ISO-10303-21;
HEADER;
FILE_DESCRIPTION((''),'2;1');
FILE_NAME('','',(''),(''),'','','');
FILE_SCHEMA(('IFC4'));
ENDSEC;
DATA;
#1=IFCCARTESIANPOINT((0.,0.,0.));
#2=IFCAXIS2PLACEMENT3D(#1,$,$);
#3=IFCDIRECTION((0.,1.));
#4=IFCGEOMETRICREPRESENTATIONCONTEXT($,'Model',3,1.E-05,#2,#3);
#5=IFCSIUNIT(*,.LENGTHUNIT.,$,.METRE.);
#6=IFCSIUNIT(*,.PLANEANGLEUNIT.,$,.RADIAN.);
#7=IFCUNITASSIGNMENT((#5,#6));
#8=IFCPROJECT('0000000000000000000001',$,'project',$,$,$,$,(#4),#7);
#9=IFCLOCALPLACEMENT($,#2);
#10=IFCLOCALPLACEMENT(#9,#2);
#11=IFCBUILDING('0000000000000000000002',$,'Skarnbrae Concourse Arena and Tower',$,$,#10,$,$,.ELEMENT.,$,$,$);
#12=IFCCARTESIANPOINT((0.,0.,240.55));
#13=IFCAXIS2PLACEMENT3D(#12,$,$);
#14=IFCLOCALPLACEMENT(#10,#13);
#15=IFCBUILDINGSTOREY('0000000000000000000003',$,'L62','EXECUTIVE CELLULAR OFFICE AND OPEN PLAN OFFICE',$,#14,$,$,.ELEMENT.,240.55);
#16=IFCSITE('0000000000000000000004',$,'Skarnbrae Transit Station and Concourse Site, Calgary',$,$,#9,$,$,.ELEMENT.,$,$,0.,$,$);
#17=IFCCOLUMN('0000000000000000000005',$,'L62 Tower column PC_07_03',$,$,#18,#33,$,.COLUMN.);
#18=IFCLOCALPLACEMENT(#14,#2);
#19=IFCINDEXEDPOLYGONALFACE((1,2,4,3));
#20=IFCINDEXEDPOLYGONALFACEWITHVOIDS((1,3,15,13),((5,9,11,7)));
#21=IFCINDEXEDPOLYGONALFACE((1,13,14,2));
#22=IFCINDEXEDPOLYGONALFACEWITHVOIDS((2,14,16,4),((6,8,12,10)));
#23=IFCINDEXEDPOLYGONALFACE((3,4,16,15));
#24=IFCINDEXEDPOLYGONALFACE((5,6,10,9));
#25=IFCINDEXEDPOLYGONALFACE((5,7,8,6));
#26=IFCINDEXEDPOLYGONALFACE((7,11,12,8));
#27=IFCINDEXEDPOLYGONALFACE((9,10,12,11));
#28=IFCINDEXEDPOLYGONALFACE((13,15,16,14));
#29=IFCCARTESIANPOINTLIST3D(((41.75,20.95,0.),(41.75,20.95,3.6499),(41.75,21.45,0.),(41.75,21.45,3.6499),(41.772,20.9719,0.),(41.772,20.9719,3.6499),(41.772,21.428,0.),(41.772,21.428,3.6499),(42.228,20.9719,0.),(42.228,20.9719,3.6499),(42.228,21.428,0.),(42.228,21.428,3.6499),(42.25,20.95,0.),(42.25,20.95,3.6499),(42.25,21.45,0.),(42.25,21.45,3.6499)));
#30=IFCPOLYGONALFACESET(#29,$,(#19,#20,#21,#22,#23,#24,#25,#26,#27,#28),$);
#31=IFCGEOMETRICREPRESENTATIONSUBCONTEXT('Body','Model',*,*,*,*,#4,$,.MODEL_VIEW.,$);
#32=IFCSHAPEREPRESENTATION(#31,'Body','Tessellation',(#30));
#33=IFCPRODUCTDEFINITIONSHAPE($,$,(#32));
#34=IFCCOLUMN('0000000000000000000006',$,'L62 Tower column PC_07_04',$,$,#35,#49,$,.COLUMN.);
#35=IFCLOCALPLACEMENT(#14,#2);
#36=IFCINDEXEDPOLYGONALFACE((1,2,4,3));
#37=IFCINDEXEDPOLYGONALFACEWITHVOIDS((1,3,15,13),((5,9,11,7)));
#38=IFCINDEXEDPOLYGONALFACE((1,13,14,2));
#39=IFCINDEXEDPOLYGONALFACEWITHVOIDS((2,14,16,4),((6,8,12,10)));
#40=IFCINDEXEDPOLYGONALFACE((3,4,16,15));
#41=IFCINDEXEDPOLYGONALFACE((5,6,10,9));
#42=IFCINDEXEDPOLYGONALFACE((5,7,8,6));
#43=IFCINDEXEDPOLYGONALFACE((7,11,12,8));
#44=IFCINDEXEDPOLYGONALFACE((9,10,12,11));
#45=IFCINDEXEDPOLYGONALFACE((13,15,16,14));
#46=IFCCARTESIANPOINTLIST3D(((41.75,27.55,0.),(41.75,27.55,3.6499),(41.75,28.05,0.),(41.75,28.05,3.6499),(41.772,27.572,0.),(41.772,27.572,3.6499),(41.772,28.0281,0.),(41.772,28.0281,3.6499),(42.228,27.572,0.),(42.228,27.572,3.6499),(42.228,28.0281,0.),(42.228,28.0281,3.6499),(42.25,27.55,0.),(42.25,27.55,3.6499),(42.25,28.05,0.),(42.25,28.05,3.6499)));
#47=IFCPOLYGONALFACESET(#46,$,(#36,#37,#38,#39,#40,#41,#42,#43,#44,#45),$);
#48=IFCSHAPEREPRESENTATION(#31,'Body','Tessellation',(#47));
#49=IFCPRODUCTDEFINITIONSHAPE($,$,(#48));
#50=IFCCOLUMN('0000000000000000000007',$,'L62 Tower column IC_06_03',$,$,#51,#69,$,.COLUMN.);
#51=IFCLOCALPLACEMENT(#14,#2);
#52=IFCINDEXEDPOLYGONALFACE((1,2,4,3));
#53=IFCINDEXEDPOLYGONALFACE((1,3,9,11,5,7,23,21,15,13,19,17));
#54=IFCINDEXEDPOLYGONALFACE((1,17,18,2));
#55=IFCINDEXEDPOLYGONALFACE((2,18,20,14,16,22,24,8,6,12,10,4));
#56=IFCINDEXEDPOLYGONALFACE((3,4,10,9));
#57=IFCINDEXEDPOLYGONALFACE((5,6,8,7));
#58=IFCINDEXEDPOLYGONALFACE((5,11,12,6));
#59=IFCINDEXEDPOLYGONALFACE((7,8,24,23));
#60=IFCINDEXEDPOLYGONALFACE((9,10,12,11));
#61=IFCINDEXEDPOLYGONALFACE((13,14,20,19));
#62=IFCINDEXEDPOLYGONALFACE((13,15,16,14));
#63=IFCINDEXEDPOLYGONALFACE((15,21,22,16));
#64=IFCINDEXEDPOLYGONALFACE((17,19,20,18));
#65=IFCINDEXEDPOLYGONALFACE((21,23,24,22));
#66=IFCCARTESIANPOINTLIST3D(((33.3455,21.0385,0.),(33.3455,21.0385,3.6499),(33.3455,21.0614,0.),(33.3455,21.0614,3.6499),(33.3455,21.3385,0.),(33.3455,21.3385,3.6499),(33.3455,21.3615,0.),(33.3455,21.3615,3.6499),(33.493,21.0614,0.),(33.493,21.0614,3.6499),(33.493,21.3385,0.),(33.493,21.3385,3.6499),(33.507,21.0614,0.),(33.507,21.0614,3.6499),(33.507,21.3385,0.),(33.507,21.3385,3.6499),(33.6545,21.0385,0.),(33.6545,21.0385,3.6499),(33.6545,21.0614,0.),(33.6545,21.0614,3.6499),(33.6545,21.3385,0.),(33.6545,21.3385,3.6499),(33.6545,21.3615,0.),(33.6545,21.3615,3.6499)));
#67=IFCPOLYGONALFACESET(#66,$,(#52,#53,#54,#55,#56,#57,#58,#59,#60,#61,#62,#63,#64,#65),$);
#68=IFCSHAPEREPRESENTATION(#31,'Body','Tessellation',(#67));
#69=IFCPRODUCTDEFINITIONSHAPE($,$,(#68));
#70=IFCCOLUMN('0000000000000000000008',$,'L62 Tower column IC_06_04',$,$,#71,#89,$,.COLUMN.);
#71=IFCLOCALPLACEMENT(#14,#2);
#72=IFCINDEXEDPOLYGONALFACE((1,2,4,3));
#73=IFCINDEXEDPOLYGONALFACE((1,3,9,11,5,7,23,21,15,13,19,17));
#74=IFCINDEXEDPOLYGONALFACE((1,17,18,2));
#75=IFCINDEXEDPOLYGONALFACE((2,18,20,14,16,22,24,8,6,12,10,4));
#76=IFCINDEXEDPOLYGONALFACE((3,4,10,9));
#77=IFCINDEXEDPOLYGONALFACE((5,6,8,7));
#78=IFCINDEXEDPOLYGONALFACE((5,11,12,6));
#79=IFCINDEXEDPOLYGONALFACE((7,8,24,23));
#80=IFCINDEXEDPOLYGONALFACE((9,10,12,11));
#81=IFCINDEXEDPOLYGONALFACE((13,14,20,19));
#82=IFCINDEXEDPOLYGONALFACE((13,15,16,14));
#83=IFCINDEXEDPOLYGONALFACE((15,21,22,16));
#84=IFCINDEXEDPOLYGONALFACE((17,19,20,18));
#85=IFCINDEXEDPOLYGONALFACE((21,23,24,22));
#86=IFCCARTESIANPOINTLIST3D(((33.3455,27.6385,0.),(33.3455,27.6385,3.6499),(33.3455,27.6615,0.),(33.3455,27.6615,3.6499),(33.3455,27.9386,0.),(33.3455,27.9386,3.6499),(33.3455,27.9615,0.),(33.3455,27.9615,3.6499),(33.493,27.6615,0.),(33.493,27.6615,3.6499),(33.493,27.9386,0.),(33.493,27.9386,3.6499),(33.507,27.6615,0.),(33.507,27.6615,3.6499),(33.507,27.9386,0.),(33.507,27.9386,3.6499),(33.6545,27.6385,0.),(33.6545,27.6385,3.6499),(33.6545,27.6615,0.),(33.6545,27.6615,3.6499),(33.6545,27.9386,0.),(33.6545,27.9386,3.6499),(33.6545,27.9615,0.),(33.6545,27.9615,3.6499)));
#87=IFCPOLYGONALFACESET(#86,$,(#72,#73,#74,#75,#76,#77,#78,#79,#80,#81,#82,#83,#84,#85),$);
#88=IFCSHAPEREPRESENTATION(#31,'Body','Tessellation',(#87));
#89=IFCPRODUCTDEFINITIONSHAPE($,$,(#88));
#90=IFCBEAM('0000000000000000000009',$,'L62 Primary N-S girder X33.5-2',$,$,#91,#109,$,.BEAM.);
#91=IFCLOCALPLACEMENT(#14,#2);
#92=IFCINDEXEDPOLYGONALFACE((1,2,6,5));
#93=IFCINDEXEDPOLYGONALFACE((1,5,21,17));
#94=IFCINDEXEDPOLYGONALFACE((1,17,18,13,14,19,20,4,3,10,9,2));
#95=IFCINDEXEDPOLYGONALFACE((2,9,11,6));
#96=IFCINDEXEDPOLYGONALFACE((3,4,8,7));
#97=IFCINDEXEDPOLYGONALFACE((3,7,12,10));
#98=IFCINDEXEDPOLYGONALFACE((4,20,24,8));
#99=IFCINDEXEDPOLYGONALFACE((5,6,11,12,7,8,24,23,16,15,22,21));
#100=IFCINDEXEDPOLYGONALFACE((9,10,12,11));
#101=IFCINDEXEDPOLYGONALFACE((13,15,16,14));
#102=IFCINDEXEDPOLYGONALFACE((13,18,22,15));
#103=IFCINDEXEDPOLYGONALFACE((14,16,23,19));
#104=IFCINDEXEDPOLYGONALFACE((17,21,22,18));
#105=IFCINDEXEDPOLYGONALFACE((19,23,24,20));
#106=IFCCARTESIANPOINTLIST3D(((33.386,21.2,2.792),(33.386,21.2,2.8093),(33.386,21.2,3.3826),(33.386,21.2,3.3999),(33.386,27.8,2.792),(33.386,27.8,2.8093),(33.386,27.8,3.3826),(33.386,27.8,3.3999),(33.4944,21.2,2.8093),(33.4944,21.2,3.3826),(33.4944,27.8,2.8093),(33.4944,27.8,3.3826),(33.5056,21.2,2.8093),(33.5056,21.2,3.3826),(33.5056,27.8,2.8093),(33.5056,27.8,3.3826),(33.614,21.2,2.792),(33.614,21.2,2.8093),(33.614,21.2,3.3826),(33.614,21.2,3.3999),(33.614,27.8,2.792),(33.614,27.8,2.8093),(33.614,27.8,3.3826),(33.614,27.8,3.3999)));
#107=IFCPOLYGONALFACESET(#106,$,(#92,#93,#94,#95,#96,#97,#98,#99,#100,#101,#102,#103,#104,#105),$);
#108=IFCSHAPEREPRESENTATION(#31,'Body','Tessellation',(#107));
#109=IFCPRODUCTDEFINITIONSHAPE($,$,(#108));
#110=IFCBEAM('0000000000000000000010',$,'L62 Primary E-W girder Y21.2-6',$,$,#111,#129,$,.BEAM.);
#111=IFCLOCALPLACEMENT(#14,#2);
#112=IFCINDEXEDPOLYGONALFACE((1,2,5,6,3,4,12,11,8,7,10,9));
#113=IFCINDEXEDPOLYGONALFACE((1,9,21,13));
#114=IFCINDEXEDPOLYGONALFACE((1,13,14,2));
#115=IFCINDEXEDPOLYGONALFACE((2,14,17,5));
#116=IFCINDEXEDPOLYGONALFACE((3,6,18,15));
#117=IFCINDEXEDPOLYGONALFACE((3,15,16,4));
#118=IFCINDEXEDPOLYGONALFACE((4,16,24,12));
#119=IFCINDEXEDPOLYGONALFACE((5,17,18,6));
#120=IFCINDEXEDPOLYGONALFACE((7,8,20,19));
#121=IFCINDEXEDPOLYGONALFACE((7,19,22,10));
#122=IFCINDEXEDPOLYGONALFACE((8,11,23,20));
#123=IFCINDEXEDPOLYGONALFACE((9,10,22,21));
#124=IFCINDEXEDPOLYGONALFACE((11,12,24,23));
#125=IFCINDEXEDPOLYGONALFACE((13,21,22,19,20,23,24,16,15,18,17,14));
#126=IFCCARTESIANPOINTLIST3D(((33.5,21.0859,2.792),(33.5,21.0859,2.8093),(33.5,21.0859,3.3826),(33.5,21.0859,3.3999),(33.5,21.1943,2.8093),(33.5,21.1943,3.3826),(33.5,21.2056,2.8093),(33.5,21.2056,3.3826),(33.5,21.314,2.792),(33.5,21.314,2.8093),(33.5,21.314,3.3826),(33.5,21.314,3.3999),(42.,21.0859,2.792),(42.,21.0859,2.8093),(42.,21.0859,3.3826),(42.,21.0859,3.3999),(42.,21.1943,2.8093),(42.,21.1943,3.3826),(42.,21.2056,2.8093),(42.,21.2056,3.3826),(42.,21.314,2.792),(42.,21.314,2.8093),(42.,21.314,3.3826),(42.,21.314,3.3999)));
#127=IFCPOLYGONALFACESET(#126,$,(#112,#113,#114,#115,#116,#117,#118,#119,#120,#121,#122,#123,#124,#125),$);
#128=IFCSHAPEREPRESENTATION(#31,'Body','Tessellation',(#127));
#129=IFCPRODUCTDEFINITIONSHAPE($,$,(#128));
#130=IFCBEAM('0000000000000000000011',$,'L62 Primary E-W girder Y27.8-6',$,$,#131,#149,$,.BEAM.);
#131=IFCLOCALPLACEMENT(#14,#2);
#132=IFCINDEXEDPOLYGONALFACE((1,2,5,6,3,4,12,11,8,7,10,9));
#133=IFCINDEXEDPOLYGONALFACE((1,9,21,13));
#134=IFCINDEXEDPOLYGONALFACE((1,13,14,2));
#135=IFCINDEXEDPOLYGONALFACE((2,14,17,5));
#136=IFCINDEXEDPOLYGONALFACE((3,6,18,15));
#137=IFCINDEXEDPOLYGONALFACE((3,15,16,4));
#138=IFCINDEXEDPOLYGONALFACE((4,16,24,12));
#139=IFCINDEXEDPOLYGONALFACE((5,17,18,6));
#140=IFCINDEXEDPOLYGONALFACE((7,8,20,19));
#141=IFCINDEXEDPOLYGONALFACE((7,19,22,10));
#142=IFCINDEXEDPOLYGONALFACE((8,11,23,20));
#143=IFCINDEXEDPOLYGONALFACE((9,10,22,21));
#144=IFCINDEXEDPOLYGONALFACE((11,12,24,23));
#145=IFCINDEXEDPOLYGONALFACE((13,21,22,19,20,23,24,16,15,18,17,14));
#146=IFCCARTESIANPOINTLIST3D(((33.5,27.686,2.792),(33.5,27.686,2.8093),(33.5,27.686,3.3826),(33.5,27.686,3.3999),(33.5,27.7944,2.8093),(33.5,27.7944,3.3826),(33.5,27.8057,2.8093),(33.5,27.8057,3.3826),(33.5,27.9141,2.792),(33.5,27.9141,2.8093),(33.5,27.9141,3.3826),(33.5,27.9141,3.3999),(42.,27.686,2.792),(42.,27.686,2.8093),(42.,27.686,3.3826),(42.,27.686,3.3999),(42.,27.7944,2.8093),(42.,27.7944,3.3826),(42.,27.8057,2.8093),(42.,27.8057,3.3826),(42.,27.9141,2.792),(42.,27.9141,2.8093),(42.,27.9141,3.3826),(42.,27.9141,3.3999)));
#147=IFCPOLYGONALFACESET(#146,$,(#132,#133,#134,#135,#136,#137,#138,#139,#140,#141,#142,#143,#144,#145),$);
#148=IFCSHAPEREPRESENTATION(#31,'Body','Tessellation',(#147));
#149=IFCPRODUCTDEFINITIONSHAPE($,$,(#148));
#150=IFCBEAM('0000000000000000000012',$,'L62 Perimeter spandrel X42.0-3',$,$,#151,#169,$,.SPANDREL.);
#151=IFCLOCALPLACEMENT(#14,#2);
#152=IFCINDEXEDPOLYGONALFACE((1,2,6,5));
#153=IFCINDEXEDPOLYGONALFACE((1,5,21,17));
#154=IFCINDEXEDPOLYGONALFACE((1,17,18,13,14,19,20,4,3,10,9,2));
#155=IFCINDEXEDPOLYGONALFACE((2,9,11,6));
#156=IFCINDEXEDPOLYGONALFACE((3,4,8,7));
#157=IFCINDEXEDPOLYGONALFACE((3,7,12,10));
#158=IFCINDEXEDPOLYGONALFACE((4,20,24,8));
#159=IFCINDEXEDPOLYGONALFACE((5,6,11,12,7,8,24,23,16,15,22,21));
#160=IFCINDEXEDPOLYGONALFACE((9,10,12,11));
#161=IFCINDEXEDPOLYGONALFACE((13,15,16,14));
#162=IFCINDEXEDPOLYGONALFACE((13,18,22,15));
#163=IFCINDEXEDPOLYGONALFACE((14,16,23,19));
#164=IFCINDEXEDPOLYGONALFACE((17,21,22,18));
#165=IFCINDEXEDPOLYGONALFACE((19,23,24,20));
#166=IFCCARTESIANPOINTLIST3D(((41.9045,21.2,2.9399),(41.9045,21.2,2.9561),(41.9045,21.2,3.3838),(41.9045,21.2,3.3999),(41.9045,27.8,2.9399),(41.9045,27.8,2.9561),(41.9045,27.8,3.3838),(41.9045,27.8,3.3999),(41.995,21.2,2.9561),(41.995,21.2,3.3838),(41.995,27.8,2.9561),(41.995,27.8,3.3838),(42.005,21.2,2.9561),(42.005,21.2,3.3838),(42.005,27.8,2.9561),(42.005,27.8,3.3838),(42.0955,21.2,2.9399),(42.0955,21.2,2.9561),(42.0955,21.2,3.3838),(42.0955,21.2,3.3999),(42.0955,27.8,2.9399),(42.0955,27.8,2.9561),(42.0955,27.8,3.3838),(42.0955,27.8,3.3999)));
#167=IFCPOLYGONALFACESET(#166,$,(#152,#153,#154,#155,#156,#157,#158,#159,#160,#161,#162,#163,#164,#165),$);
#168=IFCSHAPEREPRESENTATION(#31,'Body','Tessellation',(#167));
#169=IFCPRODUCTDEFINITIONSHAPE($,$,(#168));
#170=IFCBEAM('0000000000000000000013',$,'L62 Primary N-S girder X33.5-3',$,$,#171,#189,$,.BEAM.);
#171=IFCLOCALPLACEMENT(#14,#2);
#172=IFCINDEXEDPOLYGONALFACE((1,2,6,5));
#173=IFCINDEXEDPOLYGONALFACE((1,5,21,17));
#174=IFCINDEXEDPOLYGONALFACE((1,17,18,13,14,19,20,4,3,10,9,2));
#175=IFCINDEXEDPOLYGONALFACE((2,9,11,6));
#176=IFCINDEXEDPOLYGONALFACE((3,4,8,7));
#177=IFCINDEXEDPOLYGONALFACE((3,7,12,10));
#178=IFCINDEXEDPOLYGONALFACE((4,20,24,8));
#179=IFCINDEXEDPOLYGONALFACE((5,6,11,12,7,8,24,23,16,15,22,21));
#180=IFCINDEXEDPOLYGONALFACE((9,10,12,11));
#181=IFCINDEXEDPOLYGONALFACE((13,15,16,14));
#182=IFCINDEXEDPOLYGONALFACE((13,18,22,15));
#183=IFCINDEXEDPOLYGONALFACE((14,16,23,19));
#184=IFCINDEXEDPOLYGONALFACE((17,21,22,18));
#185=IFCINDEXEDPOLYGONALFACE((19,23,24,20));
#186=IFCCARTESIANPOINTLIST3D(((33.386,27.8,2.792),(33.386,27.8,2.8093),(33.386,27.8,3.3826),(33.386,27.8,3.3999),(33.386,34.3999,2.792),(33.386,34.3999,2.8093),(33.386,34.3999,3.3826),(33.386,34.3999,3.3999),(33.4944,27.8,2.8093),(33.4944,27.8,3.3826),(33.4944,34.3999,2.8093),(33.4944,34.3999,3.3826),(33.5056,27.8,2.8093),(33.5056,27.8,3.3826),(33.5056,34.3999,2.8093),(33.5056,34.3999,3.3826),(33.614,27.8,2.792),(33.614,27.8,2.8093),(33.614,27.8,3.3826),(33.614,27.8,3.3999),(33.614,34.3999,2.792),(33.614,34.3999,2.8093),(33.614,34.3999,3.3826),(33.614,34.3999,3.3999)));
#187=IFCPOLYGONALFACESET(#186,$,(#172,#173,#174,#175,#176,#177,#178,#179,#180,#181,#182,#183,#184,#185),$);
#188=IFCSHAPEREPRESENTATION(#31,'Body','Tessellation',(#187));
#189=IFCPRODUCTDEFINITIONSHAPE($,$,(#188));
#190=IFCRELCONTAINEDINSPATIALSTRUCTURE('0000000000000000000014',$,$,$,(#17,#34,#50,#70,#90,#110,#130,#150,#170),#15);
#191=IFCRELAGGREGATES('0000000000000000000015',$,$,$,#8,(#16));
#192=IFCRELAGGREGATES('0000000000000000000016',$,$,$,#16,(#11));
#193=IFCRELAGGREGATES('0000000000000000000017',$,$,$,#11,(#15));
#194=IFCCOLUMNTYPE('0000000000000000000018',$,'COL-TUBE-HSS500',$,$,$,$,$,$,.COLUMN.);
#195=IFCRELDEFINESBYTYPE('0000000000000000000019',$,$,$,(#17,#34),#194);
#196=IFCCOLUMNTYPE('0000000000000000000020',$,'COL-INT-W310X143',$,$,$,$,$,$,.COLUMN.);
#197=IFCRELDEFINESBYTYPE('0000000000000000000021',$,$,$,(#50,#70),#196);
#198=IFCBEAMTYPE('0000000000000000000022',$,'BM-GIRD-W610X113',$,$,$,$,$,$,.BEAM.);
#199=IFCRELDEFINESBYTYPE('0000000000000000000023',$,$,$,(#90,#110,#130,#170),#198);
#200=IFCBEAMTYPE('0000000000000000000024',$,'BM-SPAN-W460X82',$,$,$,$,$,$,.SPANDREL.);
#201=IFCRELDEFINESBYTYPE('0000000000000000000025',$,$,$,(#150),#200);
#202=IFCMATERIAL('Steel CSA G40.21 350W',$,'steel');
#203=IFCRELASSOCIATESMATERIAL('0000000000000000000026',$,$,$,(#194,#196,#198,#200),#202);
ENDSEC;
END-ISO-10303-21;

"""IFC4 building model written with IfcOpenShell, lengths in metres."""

from ifc_helpers import new_model, si_unit, direction, frame, origin, origin_2d, place, context, subcontext, project, spatial, hollow_rectangle, i_section, extrude, source, transform, mapped, material, material_profile, profile_set, type_object, element, save


model = new_model("IFC4")

# Units and contexts
model_context = context("Model", 3, precision=1e-05, world=origin(), true_north=direction((0.0, 1.0)))
body_context = subcontext(model_context, "Body", "Model", "MODEL_VIEW")
ifc_project = project(units=[si_unit("LENGTHUNIT", "METRE"), si_unit("PLANEANGLEUNIT", "RADIAN")], contexts=[model_context])

# Site, building, storey
site_placement = place(None, origin())
site = spatial("IfcSite", under=ifc_project, at=site_placement, Name="Skarnbrae Transit Station and Concourse Site, Calgary", CompositionType="ELEMENT", RefElevation=0.0)
building_placement = place(site_placement, origin())
building = spatial("IfcBuilding", under=site, at=building_placement, Name="Skarnbrae Concourse Arena and Tower", CompositionType="ELEMENT")
storey_placement = place(building_placement, frame((0.0, 0.0, 240.55)))
storey = spatial("IfcBuildingStorey", under=building, at=storey_placement, Name="L62", Description="EXECUTIVE CELLULAR OFFICE AND OPEN PLAN OFFICE", CompositionType="ELEMENT", Elevation=240.55)

# Columns
ifc_material_1 = material(Name="Steel CSA G40.21 350W", Category="steel")
ifc_material_profile_1 = material_profile(ifc_material_1, hollow_rectangle(XDim=0.5, YDim=0.5, WallThickness=0.022, at=origin_2d()), Name="HSS500X500X22.0")
ifc_profile_set_1 = profile_set([ifc_material_profile_1], Name="Steel CSA G40.21 350W")
column_type_1 = type_object("IfcColumnType", Name="COL-TUBE-HSS500", PredefinedType="COLUMN", material=ifc_profile_set_1)
shared_shape_1 = source(origin(), body_context, "Body", "SweptSolid", [
    extrude(hollow_rectangle(XDim=0.5, YDim=0.5, WallThickness=0.022, at=origin_2d()), origin(), (0.0, 0.0, 1.0), 3.6499),
])
for number, where, z_axis, x_axis, name in (
    (1, (42.0, 21.2, 0.0), (0.0, 0.0, 1.0), (1.0, 0.0, 0.0), "L62 Tower column PC_07_03"),
    (2, (42.0, 27.8, 0.0), (0.0, 0.0, 1.0), (1.0, 0.0, 0.0), "L62 Tower column PC_07_04"),
):
    element("IfcColumn", number, at=place(storey_placement, frame(where, z_axis=z_axis, x_axis=x_axis)), inside=storey, type_object=column_type_1, Name=name, PredefinedType="COLUMN", context=body_context, shape_type="MappedRepresentation", body=[
        mapped(shared_shape_1, transform((0.0, 0.0, 0.0))),
    ])
ifc_material_profile_2 = material_profile(ifc_material_1, i_section(OverallWidth=0.3091, OverallDepth=0.323, WebThickness=0.0139, FlangeThickness=0.0229, at=origin_2d()), Name="W310X143")
ifc_profile_set_2 = profile_set([ifc_material_profile_2], Name="Steel CSA G40.21 350W")
column_type_2 = type_object("IfcColumnType", Name="COL-INT-W310X143", PredefinedType="COLUMN", material=ifc_profile_set_2)
shared_shape_2 = source(origin(), body_context, "Body", "SweptSolid", [
    extrude(i_section(OverallWidth=0.3091, OverallDepth=0.323, WebThickness=0.0139, FlangeThickness=0.0229, at=origin_2d()), origin(), (0.0, 0.0, 1.0), 3.6499),
])
for number, where, z_axis, x_axis, name in (
    (3, (33.5, 21.2, 0.0), (0.0, 0.0, 1.0), (1.0, 0.0, 0.0), "L62 Tower column IC_06_03"),
    (4, (33.5, 27.8, 0.0), (0.0, 0.0, 1.0), (1.0, 0.0, 0.0), "L62 Tower column IC_06_04"),
):
    element("IfcColumn", number, at=place(storey_placement, frame(where, z_axis=z_axis, x_axis=x_axis)), inside=storey, type_object=column_type_2, Name=name, PredefinedType="COLUMN", context=body_context, shape_type="MappedRepresentation", body=[
        mapped(shared_shape_2, transform((0.0, 0.0, 0.0))),
    ])

# Beams
ifc_material_profile_3 = material_profile(ifc_material_1, i_section(OverallWidth=0.228, OverallDepth=0.6079, WebThickness=0.0112, FlangeThickness=0.0173, at=origin_2d()), Name="W610X113")
ifc_profile_set_3 = profile_set([ifc_material_profile_3], Name="Steel CSA G40.21 350W")
beam_type_1 = type_object("IfcBeamType", Name="BM-GIRD-W610X113", PredefinedType="BEAM", material=ifc_profile_set_3)
shared_shape_3 = source(origin(), body_context, "Body", "SweptSolid", [
    extrude(i_section(OverallWidth=0.228, OverallDepth=0.6079, WebThickness=0.0112, FlangeThickness=0.0173, at=origin_2d()), origin(), (0.0, 0.0, 1.0), 6.6001),
])
beam_1_placement = place(storey_placement, frame((33.5, 21.2, 3.0959), z_axis=(0.0, 1.0, 0.0), x_axis=(-1.0, 0.0, 0.0)))
element("IfcBeam", 5, at=beam_1_placement, inside=storey, type_object=beam_type_1, Name="L62 Primary N-S girder X33.5-2", PredefinedType="BEAM", context=body_context, shape_type="MappedRepresentation", body=[
    mapped(shared_shape_3, transform((0.0, 0.0, 0.0))),
])
shared_shape_4 = source(origin(), body_context, "Body", "SweptSolid", [
    extrude(i_section(OverallWidth=0.228, OverallDepth=0.6079, WebThickness=0.0112, FlangeThickness=0.0173, at=origin_2d()), origin(), (0.0, 0.0, 1.0), 8.5),
])
for number, where, z_axis, x_axis, name in (
    (6, (33.5, 21.2, 3.0959), (1.0, 0.0, 0.0), (0.0, 1.0, 0.0), "L62 Primary E-W girder Y21.2-6"),
    (7, (33.5, 27.8, 3.0959), (1.0, 0.0, 0.0), (0.0, 1.0, 0.0), "L62 Primary E-W girder Y27.8-6"),
):
    element("IfcBeam", number, at=place(storey_placement, frame(where, z_axis=z_axis, x_axis=x_axis)), inside=storey, type_object=beam_type_1, Name=name, PredefinedType="BEAM", context=body_context, shape_type="MappedRepresentation", body=[
        mapped(shared_shape_4, transform((0.0, 0.0, 0.0))),
    ])
ifc_material_profile_4 = material_profile(ifc_material_1, i_section(OverallWidth=0.1909, OverallDepth=0.46, WebThickness=0.01, FlangeThickness=0.0161, at=origin_2d()), Name="W460X82")
ifc_profile_set_4 = profile_set([ifc_material_profile_4], Name="Steel CSA G40.21 350W")
beam_type_2 = type_object("IfcBeamType", Name="BM-SPAN-W460X82", PredefinedType="SPANDREL", material=ifc_profile_set_4)
shared_shape_5 = source(origin(), body_context, "Body", "SweptSolid", [
    extrude(i_section(OverallWidth=0.1909, OverallDepth=0.46, WebThickness=0.01, FlangeThickness=0.0161, at=origin_2d()), origin(), (0.0, 0.0, 1.0), 6.6001),
])
beam_2_placement = place(storey_placement, frame((42.0, 21.2, 3.1699), z_axis=(0.0, 1.0, 0.0), x_axis=(-1.0, 0.0, 0.0)))
element("IfcBeam", 8, at=beam_2_placement, inside=storey, type_object=beam_type_2, Name="L62 Perimeter spandrel X42.0-3", PredefinedType="SPANDREL", context=body_context, shape_type="MappedRepresentation", body=[
    mapped(shared_shape_5, transform((0.0, 0.0, 0.0))),
])
shared_shape_6 = source(origin(), body_context, "Body", "SweptSolid", [
    extrude(i_section(OverallWidth=0.228, OverallDepth=0.6079, WebThickness=0.0112, FlangeThickness=0.0173, at=origin_2d()), origin(), (0.0, 0.0, 1.0), 6.5999),
])
beam_3_placement = place(storey_placement, frame((33.5, 27.8, 3.0959), z_axis=(0.0, 1.0, 0.0), x_axis=(-1.0, 0.0, 0.0)))
element("IfcBeam", 9, at=beam_3_placement, inside=storey, type_object=beam_type_1, Name="L62 Primary N-S girder X33.5-3", PredefinedType="BEAM", context=body_context, shape_type="MappedRepresentation", body=[
    mapped(shared_shape_6, transform((0.0, 0.0, 0.0))),
])

save(model, "model.ifc")
